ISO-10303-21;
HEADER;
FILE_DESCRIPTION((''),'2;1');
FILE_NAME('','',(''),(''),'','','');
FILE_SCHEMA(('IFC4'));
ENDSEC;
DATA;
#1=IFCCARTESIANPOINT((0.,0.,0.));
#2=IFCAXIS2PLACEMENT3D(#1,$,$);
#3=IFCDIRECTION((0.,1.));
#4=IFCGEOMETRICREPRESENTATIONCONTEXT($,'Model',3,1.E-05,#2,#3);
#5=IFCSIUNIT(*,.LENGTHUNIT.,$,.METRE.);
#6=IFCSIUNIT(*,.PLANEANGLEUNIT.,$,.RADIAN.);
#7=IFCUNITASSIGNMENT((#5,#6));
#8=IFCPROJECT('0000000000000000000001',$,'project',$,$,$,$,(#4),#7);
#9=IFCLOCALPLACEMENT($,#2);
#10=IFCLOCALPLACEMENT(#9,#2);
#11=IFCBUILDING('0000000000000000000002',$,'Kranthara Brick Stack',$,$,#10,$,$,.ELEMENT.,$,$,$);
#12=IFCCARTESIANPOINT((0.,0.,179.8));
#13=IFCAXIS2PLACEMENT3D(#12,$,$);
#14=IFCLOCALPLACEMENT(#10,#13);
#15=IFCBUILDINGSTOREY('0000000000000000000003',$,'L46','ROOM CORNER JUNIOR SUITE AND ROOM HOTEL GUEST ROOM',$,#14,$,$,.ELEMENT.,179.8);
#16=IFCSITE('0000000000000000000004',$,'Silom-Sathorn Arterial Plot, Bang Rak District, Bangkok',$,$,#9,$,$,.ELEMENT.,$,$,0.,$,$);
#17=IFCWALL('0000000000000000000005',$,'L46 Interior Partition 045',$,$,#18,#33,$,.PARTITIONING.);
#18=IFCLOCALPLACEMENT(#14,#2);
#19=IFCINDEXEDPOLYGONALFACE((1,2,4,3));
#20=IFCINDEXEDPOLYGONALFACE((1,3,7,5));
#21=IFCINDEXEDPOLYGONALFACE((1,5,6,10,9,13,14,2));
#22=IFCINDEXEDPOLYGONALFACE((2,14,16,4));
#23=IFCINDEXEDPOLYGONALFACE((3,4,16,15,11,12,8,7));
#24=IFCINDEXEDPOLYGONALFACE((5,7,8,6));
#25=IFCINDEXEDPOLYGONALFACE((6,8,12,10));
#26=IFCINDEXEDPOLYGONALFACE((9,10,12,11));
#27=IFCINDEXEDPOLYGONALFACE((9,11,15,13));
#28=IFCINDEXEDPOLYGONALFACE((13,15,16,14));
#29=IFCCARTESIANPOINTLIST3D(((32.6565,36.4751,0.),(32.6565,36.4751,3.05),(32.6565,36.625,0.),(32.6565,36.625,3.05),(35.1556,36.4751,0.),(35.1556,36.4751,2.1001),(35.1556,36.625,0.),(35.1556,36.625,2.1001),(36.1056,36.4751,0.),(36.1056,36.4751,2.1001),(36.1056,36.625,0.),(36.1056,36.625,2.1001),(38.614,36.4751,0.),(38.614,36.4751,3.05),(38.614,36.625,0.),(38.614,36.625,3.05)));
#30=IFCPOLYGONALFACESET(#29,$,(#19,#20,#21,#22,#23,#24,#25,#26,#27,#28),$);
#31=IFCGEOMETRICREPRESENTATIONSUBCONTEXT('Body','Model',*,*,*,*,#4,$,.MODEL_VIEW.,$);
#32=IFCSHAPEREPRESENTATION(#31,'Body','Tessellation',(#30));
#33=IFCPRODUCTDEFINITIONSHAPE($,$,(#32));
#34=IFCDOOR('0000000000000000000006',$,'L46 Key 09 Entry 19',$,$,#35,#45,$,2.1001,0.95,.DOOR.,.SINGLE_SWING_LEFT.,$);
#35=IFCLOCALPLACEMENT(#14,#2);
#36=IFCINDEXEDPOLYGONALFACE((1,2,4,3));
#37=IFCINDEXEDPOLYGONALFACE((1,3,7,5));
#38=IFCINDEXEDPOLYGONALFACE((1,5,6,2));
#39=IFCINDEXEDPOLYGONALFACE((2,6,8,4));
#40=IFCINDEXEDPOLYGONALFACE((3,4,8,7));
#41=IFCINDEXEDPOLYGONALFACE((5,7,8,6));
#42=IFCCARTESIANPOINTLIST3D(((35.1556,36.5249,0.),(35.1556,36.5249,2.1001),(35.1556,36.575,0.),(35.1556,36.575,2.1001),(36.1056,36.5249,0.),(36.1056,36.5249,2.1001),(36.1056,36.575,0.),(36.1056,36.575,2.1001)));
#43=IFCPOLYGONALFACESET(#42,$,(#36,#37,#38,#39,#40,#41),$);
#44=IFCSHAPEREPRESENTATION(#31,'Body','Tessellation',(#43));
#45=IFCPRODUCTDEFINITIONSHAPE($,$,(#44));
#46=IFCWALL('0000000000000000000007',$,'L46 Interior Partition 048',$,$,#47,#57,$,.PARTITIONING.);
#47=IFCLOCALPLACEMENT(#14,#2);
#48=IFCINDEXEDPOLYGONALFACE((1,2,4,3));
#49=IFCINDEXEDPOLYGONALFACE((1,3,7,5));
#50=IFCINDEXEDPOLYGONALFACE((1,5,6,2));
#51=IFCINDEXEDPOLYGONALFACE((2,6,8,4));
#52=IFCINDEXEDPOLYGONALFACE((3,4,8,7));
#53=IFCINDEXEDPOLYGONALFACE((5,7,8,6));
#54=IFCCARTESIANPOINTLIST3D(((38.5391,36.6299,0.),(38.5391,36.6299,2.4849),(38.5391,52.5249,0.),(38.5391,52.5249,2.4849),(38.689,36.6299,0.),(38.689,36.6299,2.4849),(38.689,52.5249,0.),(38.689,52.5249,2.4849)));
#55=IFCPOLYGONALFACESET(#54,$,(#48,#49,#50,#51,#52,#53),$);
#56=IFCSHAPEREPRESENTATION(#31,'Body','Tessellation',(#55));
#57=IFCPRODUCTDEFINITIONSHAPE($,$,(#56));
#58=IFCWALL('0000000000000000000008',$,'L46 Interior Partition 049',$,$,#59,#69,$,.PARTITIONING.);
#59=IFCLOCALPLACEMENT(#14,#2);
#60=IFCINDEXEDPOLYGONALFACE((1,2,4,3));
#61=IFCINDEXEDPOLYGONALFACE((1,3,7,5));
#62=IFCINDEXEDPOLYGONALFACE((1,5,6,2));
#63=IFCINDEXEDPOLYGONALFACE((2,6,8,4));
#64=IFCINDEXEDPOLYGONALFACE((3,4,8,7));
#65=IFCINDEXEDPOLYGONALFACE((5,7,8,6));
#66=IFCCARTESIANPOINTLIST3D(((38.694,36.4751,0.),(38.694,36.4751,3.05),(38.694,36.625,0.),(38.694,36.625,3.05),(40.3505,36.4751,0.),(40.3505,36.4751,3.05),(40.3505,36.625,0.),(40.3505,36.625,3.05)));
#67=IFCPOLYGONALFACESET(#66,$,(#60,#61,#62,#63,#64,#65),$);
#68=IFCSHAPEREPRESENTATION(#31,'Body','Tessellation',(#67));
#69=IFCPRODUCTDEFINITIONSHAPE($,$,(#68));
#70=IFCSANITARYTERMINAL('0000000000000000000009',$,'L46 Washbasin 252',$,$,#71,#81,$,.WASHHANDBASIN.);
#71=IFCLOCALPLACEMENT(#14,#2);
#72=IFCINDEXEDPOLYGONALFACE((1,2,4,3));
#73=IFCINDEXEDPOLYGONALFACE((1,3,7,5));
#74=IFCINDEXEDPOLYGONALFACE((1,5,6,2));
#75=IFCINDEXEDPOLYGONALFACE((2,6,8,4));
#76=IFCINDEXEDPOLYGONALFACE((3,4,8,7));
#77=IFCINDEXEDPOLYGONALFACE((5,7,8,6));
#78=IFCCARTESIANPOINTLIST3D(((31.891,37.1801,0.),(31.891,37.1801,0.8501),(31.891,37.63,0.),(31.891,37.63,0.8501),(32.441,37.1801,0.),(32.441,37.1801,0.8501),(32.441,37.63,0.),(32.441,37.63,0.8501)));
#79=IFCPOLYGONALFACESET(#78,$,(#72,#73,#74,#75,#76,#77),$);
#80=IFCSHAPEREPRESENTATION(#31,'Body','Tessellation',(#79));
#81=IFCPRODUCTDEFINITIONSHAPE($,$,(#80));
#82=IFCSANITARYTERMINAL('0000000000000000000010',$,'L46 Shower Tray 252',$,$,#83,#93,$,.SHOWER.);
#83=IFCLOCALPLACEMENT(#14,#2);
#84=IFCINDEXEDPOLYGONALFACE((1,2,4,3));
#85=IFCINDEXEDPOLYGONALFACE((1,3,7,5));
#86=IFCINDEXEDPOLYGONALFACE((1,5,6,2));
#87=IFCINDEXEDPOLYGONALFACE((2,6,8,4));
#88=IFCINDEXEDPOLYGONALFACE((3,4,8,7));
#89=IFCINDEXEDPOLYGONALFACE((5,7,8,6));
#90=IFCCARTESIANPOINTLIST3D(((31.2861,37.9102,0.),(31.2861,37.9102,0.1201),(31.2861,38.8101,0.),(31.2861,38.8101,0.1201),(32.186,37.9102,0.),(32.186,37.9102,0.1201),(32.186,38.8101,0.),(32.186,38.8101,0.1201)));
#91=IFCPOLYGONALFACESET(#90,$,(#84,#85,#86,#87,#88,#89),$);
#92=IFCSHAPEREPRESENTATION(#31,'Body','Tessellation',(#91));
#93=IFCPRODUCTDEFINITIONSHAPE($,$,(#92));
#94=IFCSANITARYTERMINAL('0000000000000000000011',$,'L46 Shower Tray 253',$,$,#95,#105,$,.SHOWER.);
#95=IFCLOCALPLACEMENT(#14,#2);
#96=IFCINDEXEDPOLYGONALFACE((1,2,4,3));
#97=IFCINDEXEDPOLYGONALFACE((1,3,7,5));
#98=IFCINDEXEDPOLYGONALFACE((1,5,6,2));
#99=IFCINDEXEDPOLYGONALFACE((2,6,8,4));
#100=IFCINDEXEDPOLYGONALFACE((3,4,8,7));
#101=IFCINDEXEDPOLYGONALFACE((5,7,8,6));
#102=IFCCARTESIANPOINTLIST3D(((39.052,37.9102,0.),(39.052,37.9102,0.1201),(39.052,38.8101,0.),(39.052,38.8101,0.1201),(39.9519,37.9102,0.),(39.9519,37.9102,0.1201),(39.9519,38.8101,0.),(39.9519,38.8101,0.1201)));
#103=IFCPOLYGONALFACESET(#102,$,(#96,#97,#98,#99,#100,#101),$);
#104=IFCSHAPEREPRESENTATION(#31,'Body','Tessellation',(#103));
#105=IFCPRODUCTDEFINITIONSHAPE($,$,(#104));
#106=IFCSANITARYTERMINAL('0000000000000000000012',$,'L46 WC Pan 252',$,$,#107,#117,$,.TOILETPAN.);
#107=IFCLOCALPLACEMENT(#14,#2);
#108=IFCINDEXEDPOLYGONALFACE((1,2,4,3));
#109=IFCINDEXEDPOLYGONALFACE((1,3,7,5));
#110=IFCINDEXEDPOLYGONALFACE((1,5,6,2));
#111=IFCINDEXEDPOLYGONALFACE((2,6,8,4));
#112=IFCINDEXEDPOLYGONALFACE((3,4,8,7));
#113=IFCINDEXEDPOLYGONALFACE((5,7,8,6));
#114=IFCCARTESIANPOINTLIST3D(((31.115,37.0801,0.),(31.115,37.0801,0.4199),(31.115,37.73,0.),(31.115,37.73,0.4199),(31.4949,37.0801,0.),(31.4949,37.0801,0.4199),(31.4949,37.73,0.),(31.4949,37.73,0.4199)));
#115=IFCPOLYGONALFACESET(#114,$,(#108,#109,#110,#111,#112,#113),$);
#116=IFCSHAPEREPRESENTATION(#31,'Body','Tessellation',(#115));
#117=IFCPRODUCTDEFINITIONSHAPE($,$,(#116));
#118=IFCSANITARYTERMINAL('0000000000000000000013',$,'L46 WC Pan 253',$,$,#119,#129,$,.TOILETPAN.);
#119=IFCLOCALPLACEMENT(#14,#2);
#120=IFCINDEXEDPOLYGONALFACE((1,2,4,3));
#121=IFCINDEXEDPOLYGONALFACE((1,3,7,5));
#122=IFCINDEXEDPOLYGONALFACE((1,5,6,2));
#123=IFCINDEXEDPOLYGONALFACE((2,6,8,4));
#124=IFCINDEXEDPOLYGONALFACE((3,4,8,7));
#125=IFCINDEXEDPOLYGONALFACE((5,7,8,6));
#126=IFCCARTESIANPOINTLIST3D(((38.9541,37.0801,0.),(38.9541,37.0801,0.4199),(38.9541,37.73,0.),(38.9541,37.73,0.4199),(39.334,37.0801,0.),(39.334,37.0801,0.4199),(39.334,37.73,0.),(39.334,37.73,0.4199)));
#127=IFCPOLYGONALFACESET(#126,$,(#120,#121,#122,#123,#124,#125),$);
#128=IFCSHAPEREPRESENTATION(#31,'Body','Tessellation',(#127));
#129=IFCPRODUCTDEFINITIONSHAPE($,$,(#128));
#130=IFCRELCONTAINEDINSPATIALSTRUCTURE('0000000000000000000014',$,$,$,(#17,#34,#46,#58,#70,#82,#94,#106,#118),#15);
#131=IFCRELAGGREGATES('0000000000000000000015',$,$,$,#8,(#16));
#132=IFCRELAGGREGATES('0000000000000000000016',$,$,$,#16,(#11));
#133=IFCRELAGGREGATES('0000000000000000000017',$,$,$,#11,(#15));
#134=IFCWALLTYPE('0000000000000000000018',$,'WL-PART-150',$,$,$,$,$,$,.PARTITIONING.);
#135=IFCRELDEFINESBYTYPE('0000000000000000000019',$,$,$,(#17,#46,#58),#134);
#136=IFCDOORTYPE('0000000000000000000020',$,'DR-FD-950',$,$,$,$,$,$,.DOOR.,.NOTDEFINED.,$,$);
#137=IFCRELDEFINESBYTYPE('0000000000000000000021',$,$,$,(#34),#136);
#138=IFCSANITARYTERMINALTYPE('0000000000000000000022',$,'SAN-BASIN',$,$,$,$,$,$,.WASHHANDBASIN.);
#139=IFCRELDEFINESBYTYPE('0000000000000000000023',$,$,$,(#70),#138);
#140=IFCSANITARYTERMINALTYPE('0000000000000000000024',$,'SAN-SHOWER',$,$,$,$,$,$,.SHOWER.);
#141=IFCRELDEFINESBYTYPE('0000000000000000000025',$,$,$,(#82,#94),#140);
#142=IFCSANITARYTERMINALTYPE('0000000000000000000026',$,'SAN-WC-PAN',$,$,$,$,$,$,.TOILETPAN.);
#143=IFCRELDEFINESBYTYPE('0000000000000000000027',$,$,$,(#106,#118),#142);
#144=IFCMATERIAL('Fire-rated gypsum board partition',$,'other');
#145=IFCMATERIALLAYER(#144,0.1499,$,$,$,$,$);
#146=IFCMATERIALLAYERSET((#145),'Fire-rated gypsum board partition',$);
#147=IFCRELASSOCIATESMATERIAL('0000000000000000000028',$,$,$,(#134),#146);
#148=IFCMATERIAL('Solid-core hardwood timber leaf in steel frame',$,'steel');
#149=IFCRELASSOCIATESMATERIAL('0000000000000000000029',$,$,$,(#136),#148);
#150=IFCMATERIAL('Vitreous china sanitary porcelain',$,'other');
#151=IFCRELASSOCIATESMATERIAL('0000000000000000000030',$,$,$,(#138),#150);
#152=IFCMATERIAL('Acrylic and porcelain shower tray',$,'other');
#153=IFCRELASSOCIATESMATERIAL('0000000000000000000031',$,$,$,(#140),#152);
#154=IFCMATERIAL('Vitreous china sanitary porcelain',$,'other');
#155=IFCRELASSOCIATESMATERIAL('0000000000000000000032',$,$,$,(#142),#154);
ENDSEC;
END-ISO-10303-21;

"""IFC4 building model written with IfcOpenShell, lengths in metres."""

from ifc_helpers import new_model, si_unit, direction, frame, frame_2d, origin, origin_2d, place, context, subcontext, project, spatial, rectangle, extrude, material, layer, layer_set, type_object, element, fill, save


model = new_model("IFC4")

# Units and contexts
model_context = context("Model", 3, precision=1e-05, world=origin(), true_north=direction((0.0, 1.0)))
body_context = subcontext(model_context, "Body", "Model", "MODEL_VIEW")
ifc_project = project(units=[si_unit("LENGTHUNIT", "METRE"), si_unit("PLANEANGLEUNIT", "RADIAN")], contexts=[model_context])

# Site, building, storey
site_placement = place(None, origin())
site = spatial("IfcSite", under=ifc_project, at=site_placement, Name="Silom-Sathorn Arterial Plot, Bang Rak District, Bangkok", CompositionType="ELEMENT", RefElevation=0.0)
building_placement = place(site_placement, origin())
building = spatial("IfcBuilding", under=site, at=building_placement, Name="Kranthara Brick Stack", CompositionType="ELEMENT")
storey_placement = place(building_placement, frame((0.0, 0.0, 179.8)))
storey = spatial("IfcBuildingStorey", under=building, at=storey_placement, Name="L46", Description="ROOM CORNER JUNIOR SUITE AND ROOM HOTEL GUEST ROOM", CompositionType="ELEMENT", Elevation=179.8)

# Shared definitions
ifc_material_1 = material(Name="Fire-rated gypsum board partition", Category="other")
ifc_layer_1 = layer(ifc_material_1, 0.1499)
ifc_layer_set_1 = layer_set([ifc_layer_1], Name="Fire-rated gypsum board partition")
wall_type_1 = type_object("IfcWallType", Name="WL-PART-150", PredefinedType="PARTITIONING", material=ifc_layer_set_1)

# Wall, opening, door
wall_1_placement = place(storey_placement, frame((32.6565, 36.55, 0.0), z_axis=(0.0, 0.0, 1.0), x_axis=(1.0, 0.0, 0.0)))
wall_1 = element("IfcWall", 1, at=wall_1_placement, inside=storey, type_object=wall_type_1, Name="L46 Interior Partition 045", PredefinedType="PARTITIONING", context=body_context, shape_type="SweptSolid", body=[
    extrude(rectangle(XDim=5.9575, YDim=0.1499, at=frame_2d((2.9788, 0.0))), origin(), (0.0, 0.0, 1.0), 3.05),
])
opening_1_placement = place(wall_1_placement, frame((2.499, 0.0, 0.0)))
opening_1 = element("IfcOpeningElement", 2, at=opening_1_placement, cuts=wall_1, PredefinedType="OPENING", context=body_context, shape_type="SweptSolid", body=[
    extrude(rectangle(XDim=0.95, YDim=2.1001, at=frame_2d((0.4751, 1.05))), frame((0.0, 0.085, 0.0), z_axis=(0.0, -1.0, 0.0), x_axis=(1.0, 0.0, 0.0)), (0.0, 0.0, 1.0), 0.1699),
])
ifc_material_2 = material(Name="Solid-core hardwood timber leaf in steel frame", Category="steel")
door_type_1 = type_object("IfcDoorType", Name="DR-FD-950", OperationType="NOTDEFINED", PredefinedType="DOOR", material=ifc_material_2)
door_1_placement = place(opening_1_placement, origin())
door_1 = element("IfcDoor", 3, at=door_1_placement, inside=storey, type_object=door_type_1, Name="L46 Key 09 Entry 19", OperationType="SINGLE_SWING_LEFT", OverallHeight=2.1001, OverallWidth=0.95, PredefinedType="DOOR", context=body_context, shape_type="SweptSolid", body=[
    extrude(rectangle(XDim=0.95, YDim=2.1001, at=frame_2d((0.4751, 1.05))), frame((0.0, 0.0249, 0.0), z_axis=(0.0, -1.0, 0.0), x_axis=(1.0, 0.0, 0.0)), (0.0, 0.0, 1.0), 0.05),
])
fill(opening_1, door_1)

# Walls
wall_2_placement = place(storey_placement, frame((38.614, 36.6299, 0.0), z_axis=(0.0, 0.0, 1.0), x_axis=(0.0, 1.0, 0.0)))
element("IfcWall", 4, at=wall_2_placement, inside=storey, type_object=wall_type_1, Name="L46 Interior Partition 048", PredefinedType="PARTITIONING", context=body_context, shape_type="SweptSolid", body=[
    extrude(rectangle(XDim=15.895, YDim=0.1499, at=frame_2d((7.9475, 0.0))), origin(), (0.0, 0.0, 1.0), 2.4849),
])
wall_3_placement = place(storey_placement, frame((38.6941, 36.55, 0.0), z_axis=(0.0, 0.0, 1.0), x_axis=(1.0, 0.0, 0.0)))
element("IfcWall", 5, at=wall_3_placement, inside=storey, type_object=wall_type_1, Name="L46 Interior Partition 049", PredefinedType="PARTITIONING", context=body_context, shape_type="SweptSolid", body=[
    extrude(rectangle(XDim=1.6565, YDim=0.1499, at=frame_2d((0.8281, 0.0))), origin(), (0.0, 0.0, 1.0), 3.05),
])

# Sanitary terminals
ifc_material_3 = material(Name="Vitreous china sanitary porcelain", Category="other")
sanitary_terminal_type_1 = type_object("IfcSanitaryTerminalType", Name="SAN-BASIN", PredefinedType="WASHHANDBASIN", material=ifc_material_3)
sanitary_terminal_placement = place(storey_placement, frame((32.166, 37.405, 0.0), z_axis=(0.0, 0.0, 1.0), x_axis=(1.0, 0.0, 0.0)))
element("IfcSanitaryTerminal", 6, at=sanitary_terminal_placement, inside=storey, type_object=sanitary_terminal_type_1, Name="L46 Washbasin 252", PredefinedType="WASHHANDBASIN", context=body_context, shape_type="SweptSolid", body=[
    extrude(rectangle(XDim=0.55, YDim=0.45, at=origin_2d()), origin(), (0.0, 0.0, 1.0), 0.8501),
])
ifc_material_4 = material(Name="Acrylic and porcelain shower tray", Category="other")
sanitary_terminal_type_2 = type_object("IfcSanitaryTerminalType", Name="SAN-SHOWER", PredefinedType="SHOWER", material=ifc_material_4)
for number, where, z_axis, x_axis, name in (
    (7, (31.7361, 38.3601, 0.0), (0.0, 0.0, 1.0), (1.0, 0.0, 0.0), "L46 Shower Tray 252"),
    (8, (39.502, 38.3601, 0.0), (0.0, 0.0, 1.0), (1.0, 0.0, 0.0), "L46 Shower Tray 253"),
):
    element("IfcSanitaryTerminal", number, at=place(storey_placement, frame(where, z_axis=z_axis, x_axis=x_axis)), inside=storey, type_object=sanitary_terminal_type_2, Name=name, PredefinedType="SHOWER", context=body_context, shape_type="SweptSolid", body=[
        extrude(rectangle(XDim=0.8999, YDim=0.8999, at=origin_2d()), origin(), (0.0, 0.0, 1.0), 0.1201),
    ])
ifc_material_5 = material(Name="Vitreous china sanitary porcelain", Category="other")
sanitary_terminal_type_3 = type_object("IfcSanitaryTerminalType", Name="SAN-WC-PAN", PredefinedType="TOILETPAN", material=ifc_material_5)
for number, where, z_axis, x_axis, name in (
    (9, (31.3049, 37.405, 0.0), (0.0, 0.0, 1.0), (1.0, 0.0, 0.0), "L46 WC Pan 252"),
    (10, (39.144, 37.405, 0.0), (0.0, 0.0, 1.0), (1.0, 0.0, 0.0), "L46 WC Pan 253"),
):
    element("IfcSanitaryTerminal", number, at=place(storey_placement, frame(where, z_axis=z_axis, x_axis=x_axis)), inside=storey, type_object=sanitary_terminal_type_3, Name=name, PredefinedType="TOILETPAN", context=body_context, shape_type="SweptSolid", body=[
        extrude(rectangle(XDim=0.3799, YDim=0.6499, at=origin_2d()), origin(), (0.0, 0.0, 1.0), 0.4199),
    ])

save(model, "model.ifc")
